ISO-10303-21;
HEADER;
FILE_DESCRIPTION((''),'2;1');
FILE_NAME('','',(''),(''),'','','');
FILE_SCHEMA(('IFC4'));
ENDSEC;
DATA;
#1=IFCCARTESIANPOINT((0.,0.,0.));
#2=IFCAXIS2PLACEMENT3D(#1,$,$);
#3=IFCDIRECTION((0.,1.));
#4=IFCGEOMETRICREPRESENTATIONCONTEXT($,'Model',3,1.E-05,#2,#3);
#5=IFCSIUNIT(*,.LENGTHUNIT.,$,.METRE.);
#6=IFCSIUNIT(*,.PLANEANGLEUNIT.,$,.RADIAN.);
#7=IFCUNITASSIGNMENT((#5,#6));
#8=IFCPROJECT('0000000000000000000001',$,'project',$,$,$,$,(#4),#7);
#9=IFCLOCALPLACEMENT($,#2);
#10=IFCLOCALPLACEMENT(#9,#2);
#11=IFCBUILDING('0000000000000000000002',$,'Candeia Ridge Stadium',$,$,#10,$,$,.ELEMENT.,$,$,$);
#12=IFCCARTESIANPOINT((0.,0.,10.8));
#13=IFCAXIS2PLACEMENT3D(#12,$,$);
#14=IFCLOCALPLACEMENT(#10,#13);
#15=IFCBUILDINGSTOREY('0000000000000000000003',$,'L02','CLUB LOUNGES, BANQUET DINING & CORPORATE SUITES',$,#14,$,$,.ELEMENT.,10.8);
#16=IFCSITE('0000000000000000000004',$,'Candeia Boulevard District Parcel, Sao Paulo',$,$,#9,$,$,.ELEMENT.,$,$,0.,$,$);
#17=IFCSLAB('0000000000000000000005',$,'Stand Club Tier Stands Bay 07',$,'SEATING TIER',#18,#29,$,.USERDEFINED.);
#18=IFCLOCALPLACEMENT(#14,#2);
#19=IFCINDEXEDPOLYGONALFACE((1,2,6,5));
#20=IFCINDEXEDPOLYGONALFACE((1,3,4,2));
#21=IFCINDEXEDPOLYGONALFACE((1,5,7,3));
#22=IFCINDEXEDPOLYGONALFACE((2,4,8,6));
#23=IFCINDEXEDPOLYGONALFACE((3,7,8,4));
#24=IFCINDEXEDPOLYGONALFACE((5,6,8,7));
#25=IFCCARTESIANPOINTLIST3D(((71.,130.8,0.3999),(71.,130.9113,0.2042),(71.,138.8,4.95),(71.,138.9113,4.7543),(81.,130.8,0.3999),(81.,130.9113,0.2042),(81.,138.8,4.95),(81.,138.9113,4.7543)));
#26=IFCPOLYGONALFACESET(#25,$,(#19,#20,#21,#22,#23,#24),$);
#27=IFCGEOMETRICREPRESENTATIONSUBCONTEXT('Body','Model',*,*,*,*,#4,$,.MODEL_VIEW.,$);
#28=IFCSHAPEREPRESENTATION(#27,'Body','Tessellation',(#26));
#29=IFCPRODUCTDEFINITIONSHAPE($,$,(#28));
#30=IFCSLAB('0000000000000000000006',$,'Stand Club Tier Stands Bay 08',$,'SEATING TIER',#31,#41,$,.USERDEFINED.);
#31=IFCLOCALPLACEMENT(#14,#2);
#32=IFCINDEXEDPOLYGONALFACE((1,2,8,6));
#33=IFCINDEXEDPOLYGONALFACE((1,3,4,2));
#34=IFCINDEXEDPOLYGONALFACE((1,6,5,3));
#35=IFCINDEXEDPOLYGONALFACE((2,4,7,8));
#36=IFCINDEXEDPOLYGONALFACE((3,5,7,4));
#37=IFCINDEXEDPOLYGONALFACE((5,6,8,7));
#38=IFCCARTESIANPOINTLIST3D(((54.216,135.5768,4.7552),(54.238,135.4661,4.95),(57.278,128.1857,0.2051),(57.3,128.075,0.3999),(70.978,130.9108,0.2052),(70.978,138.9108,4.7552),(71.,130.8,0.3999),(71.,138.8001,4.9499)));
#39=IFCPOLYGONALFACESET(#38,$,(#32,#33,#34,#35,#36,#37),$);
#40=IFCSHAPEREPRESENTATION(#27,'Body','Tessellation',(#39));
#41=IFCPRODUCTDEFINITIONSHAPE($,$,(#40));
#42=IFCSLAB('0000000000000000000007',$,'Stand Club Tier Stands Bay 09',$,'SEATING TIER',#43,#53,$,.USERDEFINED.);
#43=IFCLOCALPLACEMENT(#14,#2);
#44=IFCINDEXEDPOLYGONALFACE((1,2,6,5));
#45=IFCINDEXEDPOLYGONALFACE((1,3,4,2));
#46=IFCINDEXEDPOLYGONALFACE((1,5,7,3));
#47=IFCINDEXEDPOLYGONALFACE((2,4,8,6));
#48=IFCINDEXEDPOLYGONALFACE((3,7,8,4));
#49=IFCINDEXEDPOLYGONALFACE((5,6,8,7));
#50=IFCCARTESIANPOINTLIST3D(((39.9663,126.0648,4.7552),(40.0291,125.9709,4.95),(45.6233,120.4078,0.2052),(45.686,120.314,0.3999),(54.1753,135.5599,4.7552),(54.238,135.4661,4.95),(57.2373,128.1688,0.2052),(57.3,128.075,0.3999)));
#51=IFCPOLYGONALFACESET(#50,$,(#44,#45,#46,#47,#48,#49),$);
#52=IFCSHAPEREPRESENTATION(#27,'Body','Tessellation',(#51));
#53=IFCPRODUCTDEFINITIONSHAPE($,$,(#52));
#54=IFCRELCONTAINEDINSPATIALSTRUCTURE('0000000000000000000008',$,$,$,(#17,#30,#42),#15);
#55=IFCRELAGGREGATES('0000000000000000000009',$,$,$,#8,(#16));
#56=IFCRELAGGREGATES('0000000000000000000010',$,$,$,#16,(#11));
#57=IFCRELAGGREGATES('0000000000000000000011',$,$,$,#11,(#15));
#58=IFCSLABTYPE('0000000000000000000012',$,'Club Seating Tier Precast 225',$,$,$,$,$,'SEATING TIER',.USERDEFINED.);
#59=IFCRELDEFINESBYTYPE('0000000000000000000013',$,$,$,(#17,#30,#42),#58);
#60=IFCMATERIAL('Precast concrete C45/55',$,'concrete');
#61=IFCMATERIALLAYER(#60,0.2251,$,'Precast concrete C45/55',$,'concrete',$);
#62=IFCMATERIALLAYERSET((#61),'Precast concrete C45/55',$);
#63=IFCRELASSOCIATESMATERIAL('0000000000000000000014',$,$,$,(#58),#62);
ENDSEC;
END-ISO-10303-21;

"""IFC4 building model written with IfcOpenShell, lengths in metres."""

from ifc_helpers import new_model, si_unit, direction, frame, origin, place, context, subcontext, project, spatial, polyline, outline, extrude, material, layer, layer_set, type_object, element, save


model = new_model("IFC4")

# Units and contexts
model_context = context("Model", 3, precision=1e-05, world=origin(), true_north=direction((0.0, 1.0)))
body_context = subcontext(model_context, "Body", "Model", "MODEL_VIEW")
ifc_project = project(units=[si_unit("LENGTHUNIT", "METRE"), si_unit("PLANEANGLEUNIT", "RADIAN")], contexts=[model_context])

# Site, building, storey
site_placement = place(None, origin())
site = spatial("IfcSite", under=ifc_project, at=site_placement, Name="Candeia Boulevard District Parcel, Sao Paulo", CompositionType="ELEMENT", RefElevation=0.0)
building_placement = place(site_placement, origin())
building = spatial("IfcBuilding", under=site, at=building_placement, Name="Candeia Ridge Stadium", CompositionType="ELEMENT")
storey_placement = place(building_placement, frame((0.0, 0.0, 10.8)))
storey = spatial("IfcBuildingStorey", under=building, at=storey_placement, Name="L02", Description="CLUB LOUNGES, BANQUET DINING & CORPORATE SUITES", CompositionType="ELEMENT", Elevation=10.8)

# Slabs
ifc_material_1 = material(Name="Precast concrete C45/55", Category="concrete")
ifc_layer_1 = layer(ifc_material_1, 0.2251, Name="Precast concrete C45/55", Category="concrete")
ifc_layer_set_1 = layer_set([ifc_layer_1], Name="Precast concrete C45/55")
slab_type = type_object("IfcSlabType", Name="Club Seating Tier Precast 225", ElementType="SEATING TIER", PredefinedType="USERDEFINED", material=ifc_layer_set_1)
slab_1_placement = place(storey_placement, frame((81.0, 130.8, 0.3999), z_axis=(0.0, -0.494387, 0.869242), x_axis=(-1.0, 0.0, 0.0)))
element("IfcSlab", 1, at=slab_1_placement, inside=storey, type_object=slab_type, Name="Stand Club Tier Stands Bay 07", ObjectType="SEATING TIER", PredefinedType="USERDEFINED", context=body_context, shape_type="SweptSolid", body=[
    extrude(outline(polyline([(0.0, 0.0), (10.0, 0.0), (10.0, -9.2034), (0.0, -9.2034), (0.0, 0.0)])), origin(), (0.0, 0.0, -1.0), 0.2251),
])
slab_2_placement = place(storey_placement, frame((71.0, 130.8, 0.3999), z_axis=(0.097864, -0.49201, 0.865072), x_axis=(-0.980785, -0.195089, -0.000003)))
element("IfcSlab", 2, at=slab_2_placement, inside=storey, type_object=slab_type, Name="Stand Club Tier Stands Bay 08", ObjectType="SEATING TIER", PredefinedType="USERDEFINED", context=body_context, shape_type="SweptSolid", body=[
    extrude(outline(polyline([(0.0, 0.0), (13.9684, 0.0), (15.5296, -9.0703), (-1.5607, -9.0701), (0.0, 0.0)])), origin(), (0.0, 0.0, -1.0), 0.2251),
])
slab_3_placement = place(storey_placement, frame((57.3, 128.075, 0.3999), z_axis=(0.278715, -0.417085, 0.865077), x_axis=(-0.831445, -0.555608, 0.000001)))
element("IfcSlab", 3, at=slab_3_placement, inside=storey, type_object=slab_type, Name="Stand Club Tier Stands Bay 09", ObjectType="SEATING TIER", PredefinedType="USERDEFINED", context=body_context, shape_type="SweptSolid", body=[
    extrude(outline(polyline([(0.0, 0.0), (13.9685, 0.0), (15.5289, -9.0703), (-1.5607, -9.0704), (0.0, 0.0)])), origin(), (0.0, 0.0, -1.0), 0.2251),
])

save(model, "model.ifc")
